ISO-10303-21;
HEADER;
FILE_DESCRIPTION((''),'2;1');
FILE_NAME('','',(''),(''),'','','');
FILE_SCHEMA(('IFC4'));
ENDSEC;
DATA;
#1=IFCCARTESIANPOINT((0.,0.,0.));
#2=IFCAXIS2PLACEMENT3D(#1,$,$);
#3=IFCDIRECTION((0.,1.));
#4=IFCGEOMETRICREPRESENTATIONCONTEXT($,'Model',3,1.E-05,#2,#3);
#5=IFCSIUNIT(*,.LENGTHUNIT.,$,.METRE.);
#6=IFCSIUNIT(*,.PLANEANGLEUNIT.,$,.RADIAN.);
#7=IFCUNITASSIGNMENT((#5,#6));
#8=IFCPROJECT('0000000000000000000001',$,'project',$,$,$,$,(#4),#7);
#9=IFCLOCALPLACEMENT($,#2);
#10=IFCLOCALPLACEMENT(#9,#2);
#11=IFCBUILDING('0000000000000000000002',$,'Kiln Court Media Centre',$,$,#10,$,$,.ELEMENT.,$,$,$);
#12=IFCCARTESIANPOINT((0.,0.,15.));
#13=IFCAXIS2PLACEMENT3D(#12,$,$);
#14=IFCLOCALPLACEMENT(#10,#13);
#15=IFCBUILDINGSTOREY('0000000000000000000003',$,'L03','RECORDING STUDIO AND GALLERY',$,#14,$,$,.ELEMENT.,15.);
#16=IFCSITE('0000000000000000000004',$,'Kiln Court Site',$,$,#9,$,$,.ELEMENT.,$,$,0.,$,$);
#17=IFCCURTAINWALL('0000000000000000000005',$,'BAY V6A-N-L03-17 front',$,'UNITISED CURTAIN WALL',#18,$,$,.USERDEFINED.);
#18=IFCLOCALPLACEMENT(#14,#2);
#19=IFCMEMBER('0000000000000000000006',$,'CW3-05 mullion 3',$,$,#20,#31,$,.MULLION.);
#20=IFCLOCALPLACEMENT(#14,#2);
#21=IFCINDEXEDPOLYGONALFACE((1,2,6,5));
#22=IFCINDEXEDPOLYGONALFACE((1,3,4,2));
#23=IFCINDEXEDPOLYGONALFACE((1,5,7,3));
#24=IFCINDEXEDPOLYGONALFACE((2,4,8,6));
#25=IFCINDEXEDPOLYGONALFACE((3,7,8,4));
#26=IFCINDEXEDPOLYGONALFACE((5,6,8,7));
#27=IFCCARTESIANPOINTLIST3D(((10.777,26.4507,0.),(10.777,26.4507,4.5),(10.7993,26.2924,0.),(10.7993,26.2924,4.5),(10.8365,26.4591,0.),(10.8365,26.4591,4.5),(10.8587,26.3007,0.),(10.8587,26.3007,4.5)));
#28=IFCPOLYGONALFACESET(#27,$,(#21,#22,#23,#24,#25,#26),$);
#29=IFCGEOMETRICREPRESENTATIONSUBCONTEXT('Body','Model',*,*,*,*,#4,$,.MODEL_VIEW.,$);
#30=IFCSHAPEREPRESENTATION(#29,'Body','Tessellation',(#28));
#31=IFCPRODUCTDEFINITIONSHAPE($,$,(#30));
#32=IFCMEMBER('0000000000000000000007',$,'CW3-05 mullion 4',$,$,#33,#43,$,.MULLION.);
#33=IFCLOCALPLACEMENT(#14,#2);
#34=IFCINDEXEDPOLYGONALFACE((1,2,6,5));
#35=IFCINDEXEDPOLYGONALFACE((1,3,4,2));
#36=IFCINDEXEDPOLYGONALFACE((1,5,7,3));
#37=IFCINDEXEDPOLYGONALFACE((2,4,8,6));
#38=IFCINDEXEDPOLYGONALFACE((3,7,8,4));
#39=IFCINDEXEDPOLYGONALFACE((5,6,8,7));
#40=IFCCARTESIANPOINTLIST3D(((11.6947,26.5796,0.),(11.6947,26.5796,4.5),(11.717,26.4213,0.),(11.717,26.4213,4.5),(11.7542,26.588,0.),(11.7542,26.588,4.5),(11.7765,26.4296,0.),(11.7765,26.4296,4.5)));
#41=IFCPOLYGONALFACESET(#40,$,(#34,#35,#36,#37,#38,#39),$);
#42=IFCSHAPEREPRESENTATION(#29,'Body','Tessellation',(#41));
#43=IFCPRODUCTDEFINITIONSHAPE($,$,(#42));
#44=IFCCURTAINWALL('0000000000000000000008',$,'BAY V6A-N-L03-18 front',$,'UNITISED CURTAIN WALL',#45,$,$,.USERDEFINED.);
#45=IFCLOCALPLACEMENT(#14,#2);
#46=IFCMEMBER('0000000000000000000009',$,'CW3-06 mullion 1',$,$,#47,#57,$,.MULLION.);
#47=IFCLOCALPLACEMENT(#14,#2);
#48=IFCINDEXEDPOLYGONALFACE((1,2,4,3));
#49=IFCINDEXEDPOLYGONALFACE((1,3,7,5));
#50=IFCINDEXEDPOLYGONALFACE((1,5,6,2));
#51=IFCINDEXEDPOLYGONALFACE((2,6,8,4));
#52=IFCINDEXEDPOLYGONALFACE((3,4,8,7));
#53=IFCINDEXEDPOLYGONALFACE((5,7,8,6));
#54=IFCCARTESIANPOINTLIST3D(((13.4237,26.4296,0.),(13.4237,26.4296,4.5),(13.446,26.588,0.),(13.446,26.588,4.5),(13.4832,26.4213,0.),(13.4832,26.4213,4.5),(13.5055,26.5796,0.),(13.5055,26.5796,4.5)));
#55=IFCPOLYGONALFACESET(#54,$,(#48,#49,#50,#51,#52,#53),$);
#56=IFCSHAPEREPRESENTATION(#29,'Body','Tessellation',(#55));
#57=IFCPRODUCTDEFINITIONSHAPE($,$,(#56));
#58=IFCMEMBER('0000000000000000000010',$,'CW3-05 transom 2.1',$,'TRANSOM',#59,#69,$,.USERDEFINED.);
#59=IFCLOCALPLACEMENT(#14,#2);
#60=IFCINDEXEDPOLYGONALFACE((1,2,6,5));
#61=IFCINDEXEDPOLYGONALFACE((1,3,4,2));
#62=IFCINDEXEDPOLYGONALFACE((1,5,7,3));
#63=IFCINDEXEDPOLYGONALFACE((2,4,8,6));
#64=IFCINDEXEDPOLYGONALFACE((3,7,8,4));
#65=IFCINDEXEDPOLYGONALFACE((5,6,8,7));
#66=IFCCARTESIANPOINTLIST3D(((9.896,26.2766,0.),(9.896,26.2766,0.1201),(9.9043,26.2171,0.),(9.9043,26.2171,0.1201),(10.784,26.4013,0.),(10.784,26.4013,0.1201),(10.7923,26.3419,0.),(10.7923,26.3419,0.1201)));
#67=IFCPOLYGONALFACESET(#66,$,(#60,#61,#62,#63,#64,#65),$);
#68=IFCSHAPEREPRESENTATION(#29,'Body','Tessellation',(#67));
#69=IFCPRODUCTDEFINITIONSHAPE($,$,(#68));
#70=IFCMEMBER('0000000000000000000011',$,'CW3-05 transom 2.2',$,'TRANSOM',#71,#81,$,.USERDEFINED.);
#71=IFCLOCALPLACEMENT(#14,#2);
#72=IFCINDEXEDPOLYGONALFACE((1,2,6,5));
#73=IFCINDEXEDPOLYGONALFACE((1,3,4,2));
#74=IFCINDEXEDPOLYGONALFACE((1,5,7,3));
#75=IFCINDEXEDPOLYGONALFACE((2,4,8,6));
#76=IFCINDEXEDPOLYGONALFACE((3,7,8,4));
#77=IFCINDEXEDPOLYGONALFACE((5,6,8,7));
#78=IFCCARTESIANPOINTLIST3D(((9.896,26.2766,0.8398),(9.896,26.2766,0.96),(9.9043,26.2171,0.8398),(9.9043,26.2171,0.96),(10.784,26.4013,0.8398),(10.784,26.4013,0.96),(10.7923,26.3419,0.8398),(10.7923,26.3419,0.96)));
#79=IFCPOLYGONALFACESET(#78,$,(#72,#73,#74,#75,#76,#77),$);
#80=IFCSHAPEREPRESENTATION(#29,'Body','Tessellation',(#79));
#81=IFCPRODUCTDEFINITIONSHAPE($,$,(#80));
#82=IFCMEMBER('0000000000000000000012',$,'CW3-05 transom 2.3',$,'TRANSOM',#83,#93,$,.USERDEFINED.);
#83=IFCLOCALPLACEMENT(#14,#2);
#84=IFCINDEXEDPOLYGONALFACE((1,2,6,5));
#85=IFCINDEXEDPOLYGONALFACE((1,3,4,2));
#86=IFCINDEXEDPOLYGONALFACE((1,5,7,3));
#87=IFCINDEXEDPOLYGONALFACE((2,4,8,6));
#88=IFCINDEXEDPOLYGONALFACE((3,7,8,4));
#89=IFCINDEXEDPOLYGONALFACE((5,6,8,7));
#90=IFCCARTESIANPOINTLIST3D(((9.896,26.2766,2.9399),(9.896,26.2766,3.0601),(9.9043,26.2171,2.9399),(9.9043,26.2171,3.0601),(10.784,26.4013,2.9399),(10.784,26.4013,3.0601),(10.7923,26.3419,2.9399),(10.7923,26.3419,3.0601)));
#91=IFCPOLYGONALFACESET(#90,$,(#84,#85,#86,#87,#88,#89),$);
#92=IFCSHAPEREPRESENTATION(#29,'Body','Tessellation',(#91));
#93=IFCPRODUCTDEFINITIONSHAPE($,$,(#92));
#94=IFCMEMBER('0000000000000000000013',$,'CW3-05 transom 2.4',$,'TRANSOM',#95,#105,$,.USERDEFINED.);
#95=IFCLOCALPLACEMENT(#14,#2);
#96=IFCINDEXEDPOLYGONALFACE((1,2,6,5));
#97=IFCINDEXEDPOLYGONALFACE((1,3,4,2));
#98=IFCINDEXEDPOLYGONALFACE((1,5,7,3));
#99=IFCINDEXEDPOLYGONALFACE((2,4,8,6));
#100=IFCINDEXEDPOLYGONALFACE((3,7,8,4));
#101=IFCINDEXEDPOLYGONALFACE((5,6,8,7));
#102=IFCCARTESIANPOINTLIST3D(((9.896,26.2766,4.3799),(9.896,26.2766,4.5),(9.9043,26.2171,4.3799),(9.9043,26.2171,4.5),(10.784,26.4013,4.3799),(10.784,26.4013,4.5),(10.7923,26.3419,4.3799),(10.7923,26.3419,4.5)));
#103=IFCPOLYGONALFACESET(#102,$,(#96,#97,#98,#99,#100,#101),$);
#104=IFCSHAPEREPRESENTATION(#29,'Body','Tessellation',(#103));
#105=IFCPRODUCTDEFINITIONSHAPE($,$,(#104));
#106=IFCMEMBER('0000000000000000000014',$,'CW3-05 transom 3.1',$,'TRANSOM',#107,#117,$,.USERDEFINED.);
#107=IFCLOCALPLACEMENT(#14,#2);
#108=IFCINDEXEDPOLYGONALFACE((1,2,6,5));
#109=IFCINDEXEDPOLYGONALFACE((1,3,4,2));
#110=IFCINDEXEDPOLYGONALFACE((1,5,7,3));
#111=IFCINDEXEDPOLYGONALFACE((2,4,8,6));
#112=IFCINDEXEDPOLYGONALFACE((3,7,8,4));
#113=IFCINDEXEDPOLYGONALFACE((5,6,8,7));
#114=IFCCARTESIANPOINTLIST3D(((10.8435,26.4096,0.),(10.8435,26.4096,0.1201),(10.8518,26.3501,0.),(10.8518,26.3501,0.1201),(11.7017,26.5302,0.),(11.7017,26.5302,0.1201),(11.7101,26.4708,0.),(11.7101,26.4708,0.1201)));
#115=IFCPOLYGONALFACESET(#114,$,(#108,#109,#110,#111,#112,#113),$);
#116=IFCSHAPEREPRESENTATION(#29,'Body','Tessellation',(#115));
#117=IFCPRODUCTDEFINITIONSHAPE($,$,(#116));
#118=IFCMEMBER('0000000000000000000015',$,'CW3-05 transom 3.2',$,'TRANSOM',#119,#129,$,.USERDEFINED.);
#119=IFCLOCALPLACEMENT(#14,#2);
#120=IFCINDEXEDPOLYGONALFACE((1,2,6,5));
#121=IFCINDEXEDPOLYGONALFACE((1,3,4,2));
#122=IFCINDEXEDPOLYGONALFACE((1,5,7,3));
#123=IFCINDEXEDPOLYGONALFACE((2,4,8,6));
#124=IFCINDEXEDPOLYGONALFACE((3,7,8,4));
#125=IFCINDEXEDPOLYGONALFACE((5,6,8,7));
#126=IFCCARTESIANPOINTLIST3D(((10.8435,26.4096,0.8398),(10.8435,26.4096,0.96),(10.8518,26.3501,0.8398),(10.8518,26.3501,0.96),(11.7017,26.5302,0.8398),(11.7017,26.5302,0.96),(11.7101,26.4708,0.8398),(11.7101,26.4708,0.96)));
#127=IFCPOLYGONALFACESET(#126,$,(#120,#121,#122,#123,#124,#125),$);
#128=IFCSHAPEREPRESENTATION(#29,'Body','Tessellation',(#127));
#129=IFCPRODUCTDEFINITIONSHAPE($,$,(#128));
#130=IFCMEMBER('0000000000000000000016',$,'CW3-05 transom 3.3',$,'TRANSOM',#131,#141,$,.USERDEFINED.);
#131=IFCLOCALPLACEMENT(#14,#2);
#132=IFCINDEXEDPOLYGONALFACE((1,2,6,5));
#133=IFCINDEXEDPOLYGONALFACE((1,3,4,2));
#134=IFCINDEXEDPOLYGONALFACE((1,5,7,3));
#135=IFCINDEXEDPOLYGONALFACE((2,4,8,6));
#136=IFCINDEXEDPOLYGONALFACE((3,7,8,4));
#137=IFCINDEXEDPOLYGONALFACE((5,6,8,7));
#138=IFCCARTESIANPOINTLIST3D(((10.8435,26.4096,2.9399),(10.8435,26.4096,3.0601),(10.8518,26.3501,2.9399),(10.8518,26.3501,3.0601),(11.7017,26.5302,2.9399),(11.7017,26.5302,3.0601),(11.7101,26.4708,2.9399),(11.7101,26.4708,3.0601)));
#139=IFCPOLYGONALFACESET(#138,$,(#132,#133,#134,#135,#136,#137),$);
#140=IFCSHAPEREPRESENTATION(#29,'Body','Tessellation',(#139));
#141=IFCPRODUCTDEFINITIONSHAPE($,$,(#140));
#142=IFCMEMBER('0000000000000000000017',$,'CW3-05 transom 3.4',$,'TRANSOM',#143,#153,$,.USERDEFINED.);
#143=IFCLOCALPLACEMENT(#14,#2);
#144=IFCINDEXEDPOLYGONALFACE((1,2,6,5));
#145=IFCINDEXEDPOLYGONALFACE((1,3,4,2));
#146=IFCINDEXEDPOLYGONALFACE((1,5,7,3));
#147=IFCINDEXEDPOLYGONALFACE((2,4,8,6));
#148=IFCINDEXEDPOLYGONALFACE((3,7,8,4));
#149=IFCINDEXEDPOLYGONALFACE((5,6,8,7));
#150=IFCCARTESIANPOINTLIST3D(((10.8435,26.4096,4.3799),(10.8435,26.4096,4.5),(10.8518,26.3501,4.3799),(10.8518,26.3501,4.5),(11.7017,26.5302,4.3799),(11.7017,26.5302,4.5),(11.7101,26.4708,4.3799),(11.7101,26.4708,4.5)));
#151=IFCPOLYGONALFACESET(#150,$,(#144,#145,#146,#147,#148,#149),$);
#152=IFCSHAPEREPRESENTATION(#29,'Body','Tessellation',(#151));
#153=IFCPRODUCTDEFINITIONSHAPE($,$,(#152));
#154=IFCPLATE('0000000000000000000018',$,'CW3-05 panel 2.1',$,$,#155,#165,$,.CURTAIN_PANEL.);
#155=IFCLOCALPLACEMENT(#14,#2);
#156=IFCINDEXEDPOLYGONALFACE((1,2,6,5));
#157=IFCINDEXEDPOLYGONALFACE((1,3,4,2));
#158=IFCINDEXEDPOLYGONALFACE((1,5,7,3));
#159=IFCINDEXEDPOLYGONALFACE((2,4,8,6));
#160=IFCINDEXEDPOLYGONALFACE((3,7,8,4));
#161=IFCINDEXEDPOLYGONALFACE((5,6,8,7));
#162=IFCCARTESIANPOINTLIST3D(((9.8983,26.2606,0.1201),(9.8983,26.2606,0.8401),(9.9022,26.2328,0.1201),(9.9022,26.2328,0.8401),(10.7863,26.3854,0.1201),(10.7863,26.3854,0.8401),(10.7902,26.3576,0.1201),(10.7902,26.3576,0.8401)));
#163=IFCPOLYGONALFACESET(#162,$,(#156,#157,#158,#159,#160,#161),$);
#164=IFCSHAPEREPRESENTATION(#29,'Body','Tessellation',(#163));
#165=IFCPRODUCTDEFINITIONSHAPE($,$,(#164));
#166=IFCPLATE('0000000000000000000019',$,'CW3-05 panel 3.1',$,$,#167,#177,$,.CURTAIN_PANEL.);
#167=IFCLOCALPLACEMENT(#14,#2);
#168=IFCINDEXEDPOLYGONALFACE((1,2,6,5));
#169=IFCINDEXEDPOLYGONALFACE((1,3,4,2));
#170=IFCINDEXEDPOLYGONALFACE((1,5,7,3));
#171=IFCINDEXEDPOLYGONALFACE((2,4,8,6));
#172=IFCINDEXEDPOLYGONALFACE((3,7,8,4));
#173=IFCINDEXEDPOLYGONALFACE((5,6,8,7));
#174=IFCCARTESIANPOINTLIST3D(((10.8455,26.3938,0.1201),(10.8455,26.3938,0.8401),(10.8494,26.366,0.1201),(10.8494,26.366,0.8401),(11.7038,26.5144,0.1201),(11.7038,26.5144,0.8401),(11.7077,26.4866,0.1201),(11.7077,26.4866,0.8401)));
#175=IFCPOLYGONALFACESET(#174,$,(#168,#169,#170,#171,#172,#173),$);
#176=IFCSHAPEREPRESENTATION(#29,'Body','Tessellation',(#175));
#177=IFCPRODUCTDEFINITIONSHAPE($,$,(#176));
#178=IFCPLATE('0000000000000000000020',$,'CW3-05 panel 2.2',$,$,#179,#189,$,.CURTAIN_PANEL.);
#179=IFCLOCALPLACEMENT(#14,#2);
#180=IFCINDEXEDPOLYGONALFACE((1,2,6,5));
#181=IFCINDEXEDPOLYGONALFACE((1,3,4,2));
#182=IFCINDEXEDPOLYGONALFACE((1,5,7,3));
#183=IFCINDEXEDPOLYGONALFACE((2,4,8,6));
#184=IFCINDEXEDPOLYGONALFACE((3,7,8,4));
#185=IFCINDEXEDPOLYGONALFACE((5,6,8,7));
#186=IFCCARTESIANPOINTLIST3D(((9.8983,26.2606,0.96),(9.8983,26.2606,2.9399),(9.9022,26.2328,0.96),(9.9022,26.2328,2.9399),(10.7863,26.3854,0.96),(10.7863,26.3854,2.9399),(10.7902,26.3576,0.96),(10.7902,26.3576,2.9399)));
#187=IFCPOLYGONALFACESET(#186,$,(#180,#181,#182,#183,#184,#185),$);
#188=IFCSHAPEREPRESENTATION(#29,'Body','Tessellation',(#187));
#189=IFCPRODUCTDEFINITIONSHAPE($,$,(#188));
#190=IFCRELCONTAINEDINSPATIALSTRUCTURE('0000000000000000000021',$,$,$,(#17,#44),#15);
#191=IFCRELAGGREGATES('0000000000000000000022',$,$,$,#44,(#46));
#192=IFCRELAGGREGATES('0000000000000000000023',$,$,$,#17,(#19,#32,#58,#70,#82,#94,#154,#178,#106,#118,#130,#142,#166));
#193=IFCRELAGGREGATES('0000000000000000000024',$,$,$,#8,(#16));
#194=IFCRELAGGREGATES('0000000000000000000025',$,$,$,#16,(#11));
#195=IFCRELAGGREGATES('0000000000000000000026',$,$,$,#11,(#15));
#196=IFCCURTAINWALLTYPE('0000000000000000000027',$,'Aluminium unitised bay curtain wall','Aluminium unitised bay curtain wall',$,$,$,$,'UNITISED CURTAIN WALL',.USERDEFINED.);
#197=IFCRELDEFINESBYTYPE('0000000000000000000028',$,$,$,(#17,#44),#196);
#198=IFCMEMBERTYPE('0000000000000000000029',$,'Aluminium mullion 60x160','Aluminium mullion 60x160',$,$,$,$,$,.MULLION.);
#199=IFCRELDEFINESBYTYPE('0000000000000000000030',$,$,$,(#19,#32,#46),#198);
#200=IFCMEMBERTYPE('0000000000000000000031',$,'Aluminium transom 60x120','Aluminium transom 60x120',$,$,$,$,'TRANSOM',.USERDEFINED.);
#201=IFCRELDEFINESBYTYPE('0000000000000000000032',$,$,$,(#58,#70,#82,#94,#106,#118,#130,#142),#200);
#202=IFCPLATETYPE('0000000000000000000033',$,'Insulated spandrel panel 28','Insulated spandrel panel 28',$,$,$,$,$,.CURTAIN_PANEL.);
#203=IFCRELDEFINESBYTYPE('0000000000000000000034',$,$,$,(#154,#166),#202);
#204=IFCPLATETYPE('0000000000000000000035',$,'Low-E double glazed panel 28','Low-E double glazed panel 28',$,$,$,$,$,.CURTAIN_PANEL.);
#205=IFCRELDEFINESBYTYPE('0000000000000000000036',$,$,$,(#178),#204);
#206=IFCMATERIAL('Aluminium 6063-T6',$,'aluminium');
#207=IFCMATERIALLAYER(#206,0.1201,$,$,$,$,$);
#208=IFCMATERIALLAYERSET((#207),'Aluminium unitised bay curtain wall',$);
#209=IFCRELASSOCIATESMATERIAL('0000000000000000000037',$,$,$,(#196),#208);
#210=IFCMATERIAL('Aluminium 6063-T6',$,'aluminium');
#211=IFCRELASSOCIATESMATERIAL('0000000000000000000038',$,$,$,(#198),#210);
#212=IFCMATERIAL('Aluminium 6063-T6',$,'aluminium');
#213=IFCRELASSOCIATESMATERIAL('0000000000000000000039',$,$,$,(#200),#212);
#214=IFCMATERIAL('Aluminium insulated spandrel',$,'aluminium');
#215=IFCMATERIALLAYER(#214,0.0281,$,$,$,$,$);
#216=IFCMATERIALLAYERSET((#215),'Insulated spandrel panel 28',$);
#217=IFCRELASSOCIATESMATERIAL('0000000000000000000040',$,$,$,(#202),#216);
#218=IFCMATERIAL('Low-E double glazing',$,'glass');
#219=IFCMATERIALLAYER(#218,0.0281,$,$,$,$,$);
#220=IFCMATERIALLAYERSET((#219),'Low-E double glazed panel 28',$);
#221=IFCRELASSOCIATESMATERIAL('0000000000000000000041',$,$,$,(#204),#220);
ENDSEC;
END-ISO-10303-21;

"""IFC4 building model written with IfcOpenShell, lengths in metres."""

from ifc_helpers import new_model, si_unit, direction, frame, origin, origin_2d, place, context, subcontext, project, spatial, rectangle, extrude, material, layer, layer_set, material_profile, profile_set, type_object, element, aggregate, save


model = new_model("IFC4")

# Units and contexts
model_context = context("Model", 3, precision=1e-05, world=origin(), true_north=direction((0.0, 1.0)))
body_context = subcontext(model_context, "Body", "Model", "MODEL_VIEW")
ifc_project = project(units=[si_unit("LENGTHUNIT", "METRE"), si_unit("PLANEANGLEUNIT", "RADIAN")], contexts=[model_context])

# Site, building, storey
site_placement = place(None, origin())
site = spatial("IfcSite", under=ifc_project, at=site_placement, Name="Kiln Court Site", CompositionType="ELEMENT", RefElevation=0.0)
building_placement = place(site_placement, origin())
building = spatial("IfcBuilding", under=site, at=building_placement, Name="Kiln Court Media Centre", CompositionType="ELEMENT")
storey_placement = place(building_placement, frame((0.0, 0.0, 15.0)))
storey = spatial("IfcBuildingStorey", under=building, at=storey_placement, Name="L03", Description="RECORDING STUDIO AND GALLERY", CompositionType="ELEMENT", Elevation=15.0)

# Curtain wall, members
ifc_material_1 = material(Name="Aluminium 6063-T6", Category="aluminium")
ifc_layer_1 = layer(ifc_material_1, 0.1201)
ifc_layer_set_1 = layer_set([ifc_layer_1], Name="Aluminium unitised bay curtain wall")
curtain_wall_type = type_object("IfcCurtainWallType", Name="Aluminium unitised bay curtain wall", Description="Aluminium unitised bay curtain wall", ElementType="UNITISED CURTAIN WALL", PredefinedType="USERDEFINED", material=ifc_layer_set_1)
curtain_wall_1_placement = place(storey_placement, origin())
curtain_wall_1 = element("IfcCurtainWall", 1, at=curtain_wall_1_placement, inside=storey, type_object=curtain_wall_type, Name="BAY V6A-N-L03-17 front", ObjectType="UNITISED CURTAIN WALL", PredefinedType="USERDEFINED")
ifc_material_2 = material(Name="Aluminium 6063-T6", Category="aluminium")
ifc_material_profile_1 = material_profile(ifc_material_2, rectangle(XDim=0.0601, YDim=0.1599, at=origin_2d()), Name="Aluminium mullion 60x160")
ifc_profile_set_1 = profile_set([ifc_material_profile_1], Name="Aluminium 6063-T6")
member_type_1 = type_object("IfcMemberType", Name="Aluminium mullion 60x160", Description="Aluminium mullion 60x160", PredefinedType="MULLION", material=ifc_profile_set_1)
member_1_placement = place(storey_placement, frame((10.8179, 26.3757, 0.0), z_axis=(0.0, 0.0, 1.0), x_axis=(0.99027, 0.139162, 0.0)))
member_1 = element("IfcMember", 2, at=member_1_placement, type_object=member_type_1, Name="CW3-05 mullion 3", PredefinedType="MULLION", context=body_context, shape_type="SweptSolid", body=[
    extrude(rectangle(XDim=0.0601, YDim=0.1599, at=origin_2d()), origin(), (0.0, 0.0, 1.0), 4.5),
])
member_2_placement = place(storey_placement, frame((11.7356, 26.5046, 0.0), z_axis=(0.0, 0.0, 1.0), x_axis=(0.99027, 0.139162, 0.0)))
member_2 = element("IfcMember", 3, at=member_2_placement, type_object=member_type_1, Name="CW3-05 mullion 4", PredefinedType="MULLION", context=body_context, shape_type="SweptSolid", body=[
    extrude(rectangle(XDim=0.0601, YDim=0.1599, at=origin_2d()), origin(), (0.0, 0.0, 1.0), 4.5),
])

# Curtain wall, member
curtain_wall_2_placement = place(storey_placement, origin())
curtain_wall_2 = element("IfcCurtainWall", 4, at=curtain_wall_2_placement, inside=storey, type_object=curtain_wall_type, Name="BAY V6A-N-L03-18 front", ObjectType="UNITISED CURTAIN WALL", PredefinedType="USERDEFINED")
member_3_placement = place(storey_placement, frame((13.4646, 26.5046, 0.0), z_axis=(0.0, 0.0, 1.0), x_axis=(0.99027, -0.139162, 0.0)))
member_3 = element("IfcMember", 5, at=member_3_placement, type_object=member_type_1, Name="CW3-06 mullion 1", PredefinedType="MULLION", context=body_context, shape_type="SweptSolid", body=[
    extrude(rectangle(XDim=0.0601, YDim=0.1599, at=origin_2d()), origin(), (0.0, 0.0, 1.0), 4.5),
])
aggregate(curtain_wall_2, [member_3])

# Members
ifc_material_3 = material(Name="Aluminium 6063-T6", Category="aluminium")
ifc_material_profile_2 = material_profile(ifc_material_3, rectangle(XDim=0.0601, YDim=0.1201, at=origin_2d()), Name="Aluminium transom 60x120")
ifc_profile_set_2 = profile_set([ifc_material_profile_2], Name="Aluminium 6063-T6")
member_type_2 = type_object("IfcMemberType", Name="Aluminium transom 60x120", Description="Aluminium transom 60x120", ElementType="TRANSOM", PredefinedType="USERDEFINED", material=ifc_profile_set_2)
member_4_placement = place(storey_placement, frame((9.9001, 26.2468, 0.0601), z_axis=(0.990274, 0.139134, 0.0), x_axis=(-0.139134, 0.990274, 0.0)))
member_4 = element("IfcMember", 6, at=member_4_placement, type_object=member_type_2, Name="CW3-05 transom 2.1", ObjectType="TRANSOM", PredefinedType="USERDEFINED", context=body_context, shape_type="SweptSolid", body=[
    extrude(rectangle(XDim=0.0601, YDim=0.1201, at=origin_2d()), origin(), (0.0, 0.0, 1.0), 0.8967),
])
member_5_placement = place(storey_placement, frame((9.9001, 26.2468, 0.8999), z_axis=(0.990274, 0.139134, 0.0), x_axis=(-0.139134, 0.990274, 0.0)))
member_5 = element("IfcMember", 7, at=member_5_placement, type_object=member_type_2, Name="CW3-05 transom 2.2", ObjectType="TRANSOM", PredefinedType="USERDEFINED", context=body_context, shape_type="SweptSolid", body=[
    extrude(rectangle(XDim=0.0601, YDim=0.1201, at=origin_2d()), origin(), (0.0, 0.0, 1.0), 0.8967),
])
member_6_placement = place(storey_placement, frame((9.9001, 26.2468, 3.0), z_axis=(0.990274, 0.139134, 0.0), x_axis=(-0.139134, 0.990274, 0.0)))
member_6 = element("IfcMember", 8, at=member_6_placement, type_object=member_type_2, Name="CW3-05 transom 2.3", ObjectType="TRANSOM", PredefinedType="USERDEFINED", context=body_context, shape_type="SweptSolid", body=[
    extrude(rectangle(XDim=0.0601, YDim=0.1201, at=origin_2d()), origin(), (0.0, 0.0, 1.0), 0.8967),
])
member_7_placement = place(storey_placement, frame((9.9001, 26.2468, 4.4399), z_axis=(0.990274, 0.139134, 0.0), x_axis=(-0.139134, 0.990274, 0.0)))
member_7 = element("IfcMember", 9, at=member_7_placement, type_object=member_type_2, Name="CW3-05 transom 2.4", ObjectType="TRANSOM", PredefinedType="USERDEFINED", context=body_context, shape_type="SweptSolid", body=[
    extrude(rectangle(XDim=0.0601, YDim=0.1201, at=origin_2d()), origin(), (0.0, 0.0, 1.0), 0.8967),
])
member_8_placement = place(storey_placement, frame((10.8477, 26.3799, 0.0601), z_axis=(0.990268, 0.139173, 0.0), x_axis=(-0.139173, 0.990268, 0.0)))
member_8 = element("IfcMember", 10, at=member_8_placement, type_object=member_type_2, Name="CW3-05 transom 3.1", ObjectType="TRANSOM", PredefinedType="USERDEFINED", context=body_context, shape_type="SweptSolid", body=[
    extrude(rectangle(XDim=0.0601, YDim=0.1201, at=origin_2d()), origin(), (0.0, 0.0, 1.0), 0.8667),
])
member_9_placement = place(storey_placement, frame((10.8477, 26.3799, 0.8999), z_axis=(0.990268, 0.139173, 0.0), x_axis=(-0.139173, 0.990268, 0.0)))
member_9 = element("IfcMember", 11, at=member_9_placement, type_object=member_type_2, Name="CW3-05 transom 3.2", ObjectType="TRANSOM", PredefinedType="USERDEFINED", context=body_context, shape_type="SweptSolid", body=[
    extrude(rectangle(XDim=0.0601, YDim=0.1201, at=origin_2d()), origin(), (0.0, 0.0, 1.0), 0.8667),
])
member_10_placement = place(storey_placement, frame((10.8477, 26.3799, 3.0), z_axis=(0.990268, 0.139173, 0.0), x_axis=(-0.139173, 0.990268, 0.0)))
member_10 = element("IfcMember", 12, at=member_10_placement, type_object=member_type_2, Name="CW3-05 transom 3.3", ObjectType="TRANSOM", PredefinedType="USERDEFINED", context=body_context, shape_type="SweptSolid", body=[
    extrude(rectangle(XDim=0.0601, YDim=0.1201, at=origin_2d()), origin(), (0.0, 0.0, 1.0), 0.8667),
])
member_11_placement = place(storey_placement, frame((10.8477, 26.3799, 4.4399), z_axis=(0.990268, 0.139173, 0.0), x_axis=(-0.139173, 0.990268, 0.0)))
member_11 = element("IfcMember", 13, at=member_11_placement, type_object=member_type_2, Name="CW3-05 transom 3.4", ObjectType="TRANSOM", PredefinedType="USERDEFINED", context=body_context, shape_type="SweptSolid", body=[
    extrude(rectangle(XDim=0.0601, YDim=0.1201, at=origin_2d()), origin(), (0.0, 0.0, 1.0), 0.8667),
])

# Plates
ifc_material_4 = material(Name="Aluminium insulated spandrel", Category="aluminium")
ifc_layer_2 = layer(ifc_material_4, 0.0281)
ifc_layer_set_2 = layer_set([ifc_layer_2], Name="Insulated spandrel panel 28")
plate_type_1 = type_object("IfcPlateType", Name="Insulated spandrel panel 28", Description="Insulated spandrel panel 28", PredefinedType="CURTAIN_PANEL", material=ifc_layer_set_2)
plate_1_placement = place(storey_placement, frame((10.3442, 26.3091, 0.1201), z_axis=(0.0, 0.0, 1.0), x_axis=(0.99027, 0.139162, 0.0)))
plate_1 = element("IfcPlate", 14, at=plate_1_placement, type_object=plate_type_1, Name="CW3-05 panel 2.1", PredefinedType="CURTAIN_PANEL", context=body_context, shape_type="SweptSolid", body=[
    extrude(rectangle(XDim=0.8967, YDim=0.0281, at=origin_2d()), origin(), (0.0, 0.0, 1.0), 0.72),
])
plate_2_placement = place(storey_placement, frame((11.2766, 26.4402, 0.1201), z_axis=(0.0, 0.0, 1.0), x_axis=(0.99027, 0.139162, 0.0)))
plate_2 = element("IfcPlate", 15, at=plate_2_placement, type_object=plate_type_1, Name="CW3-05 panel 3.1", PredefinedType="CURTAIN_PANEL", context=body_context, shape_type="SweptSolid", body=[
    extrude(rectangle(XDim=0.8667, YDim=0.0281, at=origin_2d()), origin(), (0.0, 0.0, 1.0), 0.72),
])
ifc_material_5 = material(Name="Low-E double glazing", Category="glass")
ifc_layer_3 = layer(ifc_material_5, 0.0281)
ifc_layer_set_3 = layer_set([ifc_layer_3], Name="Low-E double glazed panel 28")
plate_type_2 = type_object("IfcPlateType", Name="Low-E double glazed panel 28", Description="Low-E double glazed panel 28", PredefinedType="CURTAIN_PANEL", material=ifc_layer_set_3)
plate_3_placement = place(storey_placement, frame((10.3442, 26.3091, 0.96), z_axis=(0.0, 0.0, 1.0), x_axis=(0.99027, 0.139162, 0.0)))
plate_3 = element("IfcPlate", 16, at=plate_3_placement, type_object=plate_type_2, Name="CW3-05 panel 2.2", PredefinedType="CURTAIN_PANEL", context=body_context, shape_type="SweptSolid", body=[
    extrude(rectangle(XDim=0.8967, YDim=0.0281, at=origin_2d()), origin(), (0.0, 0.0, 1.0), 1.98),
])
aggregate(curtain_wall_1, [member_1, member_2, member_4, member_5, member_6, member_7, plate_1, plate_3, member_8, member_9, member_10, member_11, plate_2])

save(model, "model.ifc")
